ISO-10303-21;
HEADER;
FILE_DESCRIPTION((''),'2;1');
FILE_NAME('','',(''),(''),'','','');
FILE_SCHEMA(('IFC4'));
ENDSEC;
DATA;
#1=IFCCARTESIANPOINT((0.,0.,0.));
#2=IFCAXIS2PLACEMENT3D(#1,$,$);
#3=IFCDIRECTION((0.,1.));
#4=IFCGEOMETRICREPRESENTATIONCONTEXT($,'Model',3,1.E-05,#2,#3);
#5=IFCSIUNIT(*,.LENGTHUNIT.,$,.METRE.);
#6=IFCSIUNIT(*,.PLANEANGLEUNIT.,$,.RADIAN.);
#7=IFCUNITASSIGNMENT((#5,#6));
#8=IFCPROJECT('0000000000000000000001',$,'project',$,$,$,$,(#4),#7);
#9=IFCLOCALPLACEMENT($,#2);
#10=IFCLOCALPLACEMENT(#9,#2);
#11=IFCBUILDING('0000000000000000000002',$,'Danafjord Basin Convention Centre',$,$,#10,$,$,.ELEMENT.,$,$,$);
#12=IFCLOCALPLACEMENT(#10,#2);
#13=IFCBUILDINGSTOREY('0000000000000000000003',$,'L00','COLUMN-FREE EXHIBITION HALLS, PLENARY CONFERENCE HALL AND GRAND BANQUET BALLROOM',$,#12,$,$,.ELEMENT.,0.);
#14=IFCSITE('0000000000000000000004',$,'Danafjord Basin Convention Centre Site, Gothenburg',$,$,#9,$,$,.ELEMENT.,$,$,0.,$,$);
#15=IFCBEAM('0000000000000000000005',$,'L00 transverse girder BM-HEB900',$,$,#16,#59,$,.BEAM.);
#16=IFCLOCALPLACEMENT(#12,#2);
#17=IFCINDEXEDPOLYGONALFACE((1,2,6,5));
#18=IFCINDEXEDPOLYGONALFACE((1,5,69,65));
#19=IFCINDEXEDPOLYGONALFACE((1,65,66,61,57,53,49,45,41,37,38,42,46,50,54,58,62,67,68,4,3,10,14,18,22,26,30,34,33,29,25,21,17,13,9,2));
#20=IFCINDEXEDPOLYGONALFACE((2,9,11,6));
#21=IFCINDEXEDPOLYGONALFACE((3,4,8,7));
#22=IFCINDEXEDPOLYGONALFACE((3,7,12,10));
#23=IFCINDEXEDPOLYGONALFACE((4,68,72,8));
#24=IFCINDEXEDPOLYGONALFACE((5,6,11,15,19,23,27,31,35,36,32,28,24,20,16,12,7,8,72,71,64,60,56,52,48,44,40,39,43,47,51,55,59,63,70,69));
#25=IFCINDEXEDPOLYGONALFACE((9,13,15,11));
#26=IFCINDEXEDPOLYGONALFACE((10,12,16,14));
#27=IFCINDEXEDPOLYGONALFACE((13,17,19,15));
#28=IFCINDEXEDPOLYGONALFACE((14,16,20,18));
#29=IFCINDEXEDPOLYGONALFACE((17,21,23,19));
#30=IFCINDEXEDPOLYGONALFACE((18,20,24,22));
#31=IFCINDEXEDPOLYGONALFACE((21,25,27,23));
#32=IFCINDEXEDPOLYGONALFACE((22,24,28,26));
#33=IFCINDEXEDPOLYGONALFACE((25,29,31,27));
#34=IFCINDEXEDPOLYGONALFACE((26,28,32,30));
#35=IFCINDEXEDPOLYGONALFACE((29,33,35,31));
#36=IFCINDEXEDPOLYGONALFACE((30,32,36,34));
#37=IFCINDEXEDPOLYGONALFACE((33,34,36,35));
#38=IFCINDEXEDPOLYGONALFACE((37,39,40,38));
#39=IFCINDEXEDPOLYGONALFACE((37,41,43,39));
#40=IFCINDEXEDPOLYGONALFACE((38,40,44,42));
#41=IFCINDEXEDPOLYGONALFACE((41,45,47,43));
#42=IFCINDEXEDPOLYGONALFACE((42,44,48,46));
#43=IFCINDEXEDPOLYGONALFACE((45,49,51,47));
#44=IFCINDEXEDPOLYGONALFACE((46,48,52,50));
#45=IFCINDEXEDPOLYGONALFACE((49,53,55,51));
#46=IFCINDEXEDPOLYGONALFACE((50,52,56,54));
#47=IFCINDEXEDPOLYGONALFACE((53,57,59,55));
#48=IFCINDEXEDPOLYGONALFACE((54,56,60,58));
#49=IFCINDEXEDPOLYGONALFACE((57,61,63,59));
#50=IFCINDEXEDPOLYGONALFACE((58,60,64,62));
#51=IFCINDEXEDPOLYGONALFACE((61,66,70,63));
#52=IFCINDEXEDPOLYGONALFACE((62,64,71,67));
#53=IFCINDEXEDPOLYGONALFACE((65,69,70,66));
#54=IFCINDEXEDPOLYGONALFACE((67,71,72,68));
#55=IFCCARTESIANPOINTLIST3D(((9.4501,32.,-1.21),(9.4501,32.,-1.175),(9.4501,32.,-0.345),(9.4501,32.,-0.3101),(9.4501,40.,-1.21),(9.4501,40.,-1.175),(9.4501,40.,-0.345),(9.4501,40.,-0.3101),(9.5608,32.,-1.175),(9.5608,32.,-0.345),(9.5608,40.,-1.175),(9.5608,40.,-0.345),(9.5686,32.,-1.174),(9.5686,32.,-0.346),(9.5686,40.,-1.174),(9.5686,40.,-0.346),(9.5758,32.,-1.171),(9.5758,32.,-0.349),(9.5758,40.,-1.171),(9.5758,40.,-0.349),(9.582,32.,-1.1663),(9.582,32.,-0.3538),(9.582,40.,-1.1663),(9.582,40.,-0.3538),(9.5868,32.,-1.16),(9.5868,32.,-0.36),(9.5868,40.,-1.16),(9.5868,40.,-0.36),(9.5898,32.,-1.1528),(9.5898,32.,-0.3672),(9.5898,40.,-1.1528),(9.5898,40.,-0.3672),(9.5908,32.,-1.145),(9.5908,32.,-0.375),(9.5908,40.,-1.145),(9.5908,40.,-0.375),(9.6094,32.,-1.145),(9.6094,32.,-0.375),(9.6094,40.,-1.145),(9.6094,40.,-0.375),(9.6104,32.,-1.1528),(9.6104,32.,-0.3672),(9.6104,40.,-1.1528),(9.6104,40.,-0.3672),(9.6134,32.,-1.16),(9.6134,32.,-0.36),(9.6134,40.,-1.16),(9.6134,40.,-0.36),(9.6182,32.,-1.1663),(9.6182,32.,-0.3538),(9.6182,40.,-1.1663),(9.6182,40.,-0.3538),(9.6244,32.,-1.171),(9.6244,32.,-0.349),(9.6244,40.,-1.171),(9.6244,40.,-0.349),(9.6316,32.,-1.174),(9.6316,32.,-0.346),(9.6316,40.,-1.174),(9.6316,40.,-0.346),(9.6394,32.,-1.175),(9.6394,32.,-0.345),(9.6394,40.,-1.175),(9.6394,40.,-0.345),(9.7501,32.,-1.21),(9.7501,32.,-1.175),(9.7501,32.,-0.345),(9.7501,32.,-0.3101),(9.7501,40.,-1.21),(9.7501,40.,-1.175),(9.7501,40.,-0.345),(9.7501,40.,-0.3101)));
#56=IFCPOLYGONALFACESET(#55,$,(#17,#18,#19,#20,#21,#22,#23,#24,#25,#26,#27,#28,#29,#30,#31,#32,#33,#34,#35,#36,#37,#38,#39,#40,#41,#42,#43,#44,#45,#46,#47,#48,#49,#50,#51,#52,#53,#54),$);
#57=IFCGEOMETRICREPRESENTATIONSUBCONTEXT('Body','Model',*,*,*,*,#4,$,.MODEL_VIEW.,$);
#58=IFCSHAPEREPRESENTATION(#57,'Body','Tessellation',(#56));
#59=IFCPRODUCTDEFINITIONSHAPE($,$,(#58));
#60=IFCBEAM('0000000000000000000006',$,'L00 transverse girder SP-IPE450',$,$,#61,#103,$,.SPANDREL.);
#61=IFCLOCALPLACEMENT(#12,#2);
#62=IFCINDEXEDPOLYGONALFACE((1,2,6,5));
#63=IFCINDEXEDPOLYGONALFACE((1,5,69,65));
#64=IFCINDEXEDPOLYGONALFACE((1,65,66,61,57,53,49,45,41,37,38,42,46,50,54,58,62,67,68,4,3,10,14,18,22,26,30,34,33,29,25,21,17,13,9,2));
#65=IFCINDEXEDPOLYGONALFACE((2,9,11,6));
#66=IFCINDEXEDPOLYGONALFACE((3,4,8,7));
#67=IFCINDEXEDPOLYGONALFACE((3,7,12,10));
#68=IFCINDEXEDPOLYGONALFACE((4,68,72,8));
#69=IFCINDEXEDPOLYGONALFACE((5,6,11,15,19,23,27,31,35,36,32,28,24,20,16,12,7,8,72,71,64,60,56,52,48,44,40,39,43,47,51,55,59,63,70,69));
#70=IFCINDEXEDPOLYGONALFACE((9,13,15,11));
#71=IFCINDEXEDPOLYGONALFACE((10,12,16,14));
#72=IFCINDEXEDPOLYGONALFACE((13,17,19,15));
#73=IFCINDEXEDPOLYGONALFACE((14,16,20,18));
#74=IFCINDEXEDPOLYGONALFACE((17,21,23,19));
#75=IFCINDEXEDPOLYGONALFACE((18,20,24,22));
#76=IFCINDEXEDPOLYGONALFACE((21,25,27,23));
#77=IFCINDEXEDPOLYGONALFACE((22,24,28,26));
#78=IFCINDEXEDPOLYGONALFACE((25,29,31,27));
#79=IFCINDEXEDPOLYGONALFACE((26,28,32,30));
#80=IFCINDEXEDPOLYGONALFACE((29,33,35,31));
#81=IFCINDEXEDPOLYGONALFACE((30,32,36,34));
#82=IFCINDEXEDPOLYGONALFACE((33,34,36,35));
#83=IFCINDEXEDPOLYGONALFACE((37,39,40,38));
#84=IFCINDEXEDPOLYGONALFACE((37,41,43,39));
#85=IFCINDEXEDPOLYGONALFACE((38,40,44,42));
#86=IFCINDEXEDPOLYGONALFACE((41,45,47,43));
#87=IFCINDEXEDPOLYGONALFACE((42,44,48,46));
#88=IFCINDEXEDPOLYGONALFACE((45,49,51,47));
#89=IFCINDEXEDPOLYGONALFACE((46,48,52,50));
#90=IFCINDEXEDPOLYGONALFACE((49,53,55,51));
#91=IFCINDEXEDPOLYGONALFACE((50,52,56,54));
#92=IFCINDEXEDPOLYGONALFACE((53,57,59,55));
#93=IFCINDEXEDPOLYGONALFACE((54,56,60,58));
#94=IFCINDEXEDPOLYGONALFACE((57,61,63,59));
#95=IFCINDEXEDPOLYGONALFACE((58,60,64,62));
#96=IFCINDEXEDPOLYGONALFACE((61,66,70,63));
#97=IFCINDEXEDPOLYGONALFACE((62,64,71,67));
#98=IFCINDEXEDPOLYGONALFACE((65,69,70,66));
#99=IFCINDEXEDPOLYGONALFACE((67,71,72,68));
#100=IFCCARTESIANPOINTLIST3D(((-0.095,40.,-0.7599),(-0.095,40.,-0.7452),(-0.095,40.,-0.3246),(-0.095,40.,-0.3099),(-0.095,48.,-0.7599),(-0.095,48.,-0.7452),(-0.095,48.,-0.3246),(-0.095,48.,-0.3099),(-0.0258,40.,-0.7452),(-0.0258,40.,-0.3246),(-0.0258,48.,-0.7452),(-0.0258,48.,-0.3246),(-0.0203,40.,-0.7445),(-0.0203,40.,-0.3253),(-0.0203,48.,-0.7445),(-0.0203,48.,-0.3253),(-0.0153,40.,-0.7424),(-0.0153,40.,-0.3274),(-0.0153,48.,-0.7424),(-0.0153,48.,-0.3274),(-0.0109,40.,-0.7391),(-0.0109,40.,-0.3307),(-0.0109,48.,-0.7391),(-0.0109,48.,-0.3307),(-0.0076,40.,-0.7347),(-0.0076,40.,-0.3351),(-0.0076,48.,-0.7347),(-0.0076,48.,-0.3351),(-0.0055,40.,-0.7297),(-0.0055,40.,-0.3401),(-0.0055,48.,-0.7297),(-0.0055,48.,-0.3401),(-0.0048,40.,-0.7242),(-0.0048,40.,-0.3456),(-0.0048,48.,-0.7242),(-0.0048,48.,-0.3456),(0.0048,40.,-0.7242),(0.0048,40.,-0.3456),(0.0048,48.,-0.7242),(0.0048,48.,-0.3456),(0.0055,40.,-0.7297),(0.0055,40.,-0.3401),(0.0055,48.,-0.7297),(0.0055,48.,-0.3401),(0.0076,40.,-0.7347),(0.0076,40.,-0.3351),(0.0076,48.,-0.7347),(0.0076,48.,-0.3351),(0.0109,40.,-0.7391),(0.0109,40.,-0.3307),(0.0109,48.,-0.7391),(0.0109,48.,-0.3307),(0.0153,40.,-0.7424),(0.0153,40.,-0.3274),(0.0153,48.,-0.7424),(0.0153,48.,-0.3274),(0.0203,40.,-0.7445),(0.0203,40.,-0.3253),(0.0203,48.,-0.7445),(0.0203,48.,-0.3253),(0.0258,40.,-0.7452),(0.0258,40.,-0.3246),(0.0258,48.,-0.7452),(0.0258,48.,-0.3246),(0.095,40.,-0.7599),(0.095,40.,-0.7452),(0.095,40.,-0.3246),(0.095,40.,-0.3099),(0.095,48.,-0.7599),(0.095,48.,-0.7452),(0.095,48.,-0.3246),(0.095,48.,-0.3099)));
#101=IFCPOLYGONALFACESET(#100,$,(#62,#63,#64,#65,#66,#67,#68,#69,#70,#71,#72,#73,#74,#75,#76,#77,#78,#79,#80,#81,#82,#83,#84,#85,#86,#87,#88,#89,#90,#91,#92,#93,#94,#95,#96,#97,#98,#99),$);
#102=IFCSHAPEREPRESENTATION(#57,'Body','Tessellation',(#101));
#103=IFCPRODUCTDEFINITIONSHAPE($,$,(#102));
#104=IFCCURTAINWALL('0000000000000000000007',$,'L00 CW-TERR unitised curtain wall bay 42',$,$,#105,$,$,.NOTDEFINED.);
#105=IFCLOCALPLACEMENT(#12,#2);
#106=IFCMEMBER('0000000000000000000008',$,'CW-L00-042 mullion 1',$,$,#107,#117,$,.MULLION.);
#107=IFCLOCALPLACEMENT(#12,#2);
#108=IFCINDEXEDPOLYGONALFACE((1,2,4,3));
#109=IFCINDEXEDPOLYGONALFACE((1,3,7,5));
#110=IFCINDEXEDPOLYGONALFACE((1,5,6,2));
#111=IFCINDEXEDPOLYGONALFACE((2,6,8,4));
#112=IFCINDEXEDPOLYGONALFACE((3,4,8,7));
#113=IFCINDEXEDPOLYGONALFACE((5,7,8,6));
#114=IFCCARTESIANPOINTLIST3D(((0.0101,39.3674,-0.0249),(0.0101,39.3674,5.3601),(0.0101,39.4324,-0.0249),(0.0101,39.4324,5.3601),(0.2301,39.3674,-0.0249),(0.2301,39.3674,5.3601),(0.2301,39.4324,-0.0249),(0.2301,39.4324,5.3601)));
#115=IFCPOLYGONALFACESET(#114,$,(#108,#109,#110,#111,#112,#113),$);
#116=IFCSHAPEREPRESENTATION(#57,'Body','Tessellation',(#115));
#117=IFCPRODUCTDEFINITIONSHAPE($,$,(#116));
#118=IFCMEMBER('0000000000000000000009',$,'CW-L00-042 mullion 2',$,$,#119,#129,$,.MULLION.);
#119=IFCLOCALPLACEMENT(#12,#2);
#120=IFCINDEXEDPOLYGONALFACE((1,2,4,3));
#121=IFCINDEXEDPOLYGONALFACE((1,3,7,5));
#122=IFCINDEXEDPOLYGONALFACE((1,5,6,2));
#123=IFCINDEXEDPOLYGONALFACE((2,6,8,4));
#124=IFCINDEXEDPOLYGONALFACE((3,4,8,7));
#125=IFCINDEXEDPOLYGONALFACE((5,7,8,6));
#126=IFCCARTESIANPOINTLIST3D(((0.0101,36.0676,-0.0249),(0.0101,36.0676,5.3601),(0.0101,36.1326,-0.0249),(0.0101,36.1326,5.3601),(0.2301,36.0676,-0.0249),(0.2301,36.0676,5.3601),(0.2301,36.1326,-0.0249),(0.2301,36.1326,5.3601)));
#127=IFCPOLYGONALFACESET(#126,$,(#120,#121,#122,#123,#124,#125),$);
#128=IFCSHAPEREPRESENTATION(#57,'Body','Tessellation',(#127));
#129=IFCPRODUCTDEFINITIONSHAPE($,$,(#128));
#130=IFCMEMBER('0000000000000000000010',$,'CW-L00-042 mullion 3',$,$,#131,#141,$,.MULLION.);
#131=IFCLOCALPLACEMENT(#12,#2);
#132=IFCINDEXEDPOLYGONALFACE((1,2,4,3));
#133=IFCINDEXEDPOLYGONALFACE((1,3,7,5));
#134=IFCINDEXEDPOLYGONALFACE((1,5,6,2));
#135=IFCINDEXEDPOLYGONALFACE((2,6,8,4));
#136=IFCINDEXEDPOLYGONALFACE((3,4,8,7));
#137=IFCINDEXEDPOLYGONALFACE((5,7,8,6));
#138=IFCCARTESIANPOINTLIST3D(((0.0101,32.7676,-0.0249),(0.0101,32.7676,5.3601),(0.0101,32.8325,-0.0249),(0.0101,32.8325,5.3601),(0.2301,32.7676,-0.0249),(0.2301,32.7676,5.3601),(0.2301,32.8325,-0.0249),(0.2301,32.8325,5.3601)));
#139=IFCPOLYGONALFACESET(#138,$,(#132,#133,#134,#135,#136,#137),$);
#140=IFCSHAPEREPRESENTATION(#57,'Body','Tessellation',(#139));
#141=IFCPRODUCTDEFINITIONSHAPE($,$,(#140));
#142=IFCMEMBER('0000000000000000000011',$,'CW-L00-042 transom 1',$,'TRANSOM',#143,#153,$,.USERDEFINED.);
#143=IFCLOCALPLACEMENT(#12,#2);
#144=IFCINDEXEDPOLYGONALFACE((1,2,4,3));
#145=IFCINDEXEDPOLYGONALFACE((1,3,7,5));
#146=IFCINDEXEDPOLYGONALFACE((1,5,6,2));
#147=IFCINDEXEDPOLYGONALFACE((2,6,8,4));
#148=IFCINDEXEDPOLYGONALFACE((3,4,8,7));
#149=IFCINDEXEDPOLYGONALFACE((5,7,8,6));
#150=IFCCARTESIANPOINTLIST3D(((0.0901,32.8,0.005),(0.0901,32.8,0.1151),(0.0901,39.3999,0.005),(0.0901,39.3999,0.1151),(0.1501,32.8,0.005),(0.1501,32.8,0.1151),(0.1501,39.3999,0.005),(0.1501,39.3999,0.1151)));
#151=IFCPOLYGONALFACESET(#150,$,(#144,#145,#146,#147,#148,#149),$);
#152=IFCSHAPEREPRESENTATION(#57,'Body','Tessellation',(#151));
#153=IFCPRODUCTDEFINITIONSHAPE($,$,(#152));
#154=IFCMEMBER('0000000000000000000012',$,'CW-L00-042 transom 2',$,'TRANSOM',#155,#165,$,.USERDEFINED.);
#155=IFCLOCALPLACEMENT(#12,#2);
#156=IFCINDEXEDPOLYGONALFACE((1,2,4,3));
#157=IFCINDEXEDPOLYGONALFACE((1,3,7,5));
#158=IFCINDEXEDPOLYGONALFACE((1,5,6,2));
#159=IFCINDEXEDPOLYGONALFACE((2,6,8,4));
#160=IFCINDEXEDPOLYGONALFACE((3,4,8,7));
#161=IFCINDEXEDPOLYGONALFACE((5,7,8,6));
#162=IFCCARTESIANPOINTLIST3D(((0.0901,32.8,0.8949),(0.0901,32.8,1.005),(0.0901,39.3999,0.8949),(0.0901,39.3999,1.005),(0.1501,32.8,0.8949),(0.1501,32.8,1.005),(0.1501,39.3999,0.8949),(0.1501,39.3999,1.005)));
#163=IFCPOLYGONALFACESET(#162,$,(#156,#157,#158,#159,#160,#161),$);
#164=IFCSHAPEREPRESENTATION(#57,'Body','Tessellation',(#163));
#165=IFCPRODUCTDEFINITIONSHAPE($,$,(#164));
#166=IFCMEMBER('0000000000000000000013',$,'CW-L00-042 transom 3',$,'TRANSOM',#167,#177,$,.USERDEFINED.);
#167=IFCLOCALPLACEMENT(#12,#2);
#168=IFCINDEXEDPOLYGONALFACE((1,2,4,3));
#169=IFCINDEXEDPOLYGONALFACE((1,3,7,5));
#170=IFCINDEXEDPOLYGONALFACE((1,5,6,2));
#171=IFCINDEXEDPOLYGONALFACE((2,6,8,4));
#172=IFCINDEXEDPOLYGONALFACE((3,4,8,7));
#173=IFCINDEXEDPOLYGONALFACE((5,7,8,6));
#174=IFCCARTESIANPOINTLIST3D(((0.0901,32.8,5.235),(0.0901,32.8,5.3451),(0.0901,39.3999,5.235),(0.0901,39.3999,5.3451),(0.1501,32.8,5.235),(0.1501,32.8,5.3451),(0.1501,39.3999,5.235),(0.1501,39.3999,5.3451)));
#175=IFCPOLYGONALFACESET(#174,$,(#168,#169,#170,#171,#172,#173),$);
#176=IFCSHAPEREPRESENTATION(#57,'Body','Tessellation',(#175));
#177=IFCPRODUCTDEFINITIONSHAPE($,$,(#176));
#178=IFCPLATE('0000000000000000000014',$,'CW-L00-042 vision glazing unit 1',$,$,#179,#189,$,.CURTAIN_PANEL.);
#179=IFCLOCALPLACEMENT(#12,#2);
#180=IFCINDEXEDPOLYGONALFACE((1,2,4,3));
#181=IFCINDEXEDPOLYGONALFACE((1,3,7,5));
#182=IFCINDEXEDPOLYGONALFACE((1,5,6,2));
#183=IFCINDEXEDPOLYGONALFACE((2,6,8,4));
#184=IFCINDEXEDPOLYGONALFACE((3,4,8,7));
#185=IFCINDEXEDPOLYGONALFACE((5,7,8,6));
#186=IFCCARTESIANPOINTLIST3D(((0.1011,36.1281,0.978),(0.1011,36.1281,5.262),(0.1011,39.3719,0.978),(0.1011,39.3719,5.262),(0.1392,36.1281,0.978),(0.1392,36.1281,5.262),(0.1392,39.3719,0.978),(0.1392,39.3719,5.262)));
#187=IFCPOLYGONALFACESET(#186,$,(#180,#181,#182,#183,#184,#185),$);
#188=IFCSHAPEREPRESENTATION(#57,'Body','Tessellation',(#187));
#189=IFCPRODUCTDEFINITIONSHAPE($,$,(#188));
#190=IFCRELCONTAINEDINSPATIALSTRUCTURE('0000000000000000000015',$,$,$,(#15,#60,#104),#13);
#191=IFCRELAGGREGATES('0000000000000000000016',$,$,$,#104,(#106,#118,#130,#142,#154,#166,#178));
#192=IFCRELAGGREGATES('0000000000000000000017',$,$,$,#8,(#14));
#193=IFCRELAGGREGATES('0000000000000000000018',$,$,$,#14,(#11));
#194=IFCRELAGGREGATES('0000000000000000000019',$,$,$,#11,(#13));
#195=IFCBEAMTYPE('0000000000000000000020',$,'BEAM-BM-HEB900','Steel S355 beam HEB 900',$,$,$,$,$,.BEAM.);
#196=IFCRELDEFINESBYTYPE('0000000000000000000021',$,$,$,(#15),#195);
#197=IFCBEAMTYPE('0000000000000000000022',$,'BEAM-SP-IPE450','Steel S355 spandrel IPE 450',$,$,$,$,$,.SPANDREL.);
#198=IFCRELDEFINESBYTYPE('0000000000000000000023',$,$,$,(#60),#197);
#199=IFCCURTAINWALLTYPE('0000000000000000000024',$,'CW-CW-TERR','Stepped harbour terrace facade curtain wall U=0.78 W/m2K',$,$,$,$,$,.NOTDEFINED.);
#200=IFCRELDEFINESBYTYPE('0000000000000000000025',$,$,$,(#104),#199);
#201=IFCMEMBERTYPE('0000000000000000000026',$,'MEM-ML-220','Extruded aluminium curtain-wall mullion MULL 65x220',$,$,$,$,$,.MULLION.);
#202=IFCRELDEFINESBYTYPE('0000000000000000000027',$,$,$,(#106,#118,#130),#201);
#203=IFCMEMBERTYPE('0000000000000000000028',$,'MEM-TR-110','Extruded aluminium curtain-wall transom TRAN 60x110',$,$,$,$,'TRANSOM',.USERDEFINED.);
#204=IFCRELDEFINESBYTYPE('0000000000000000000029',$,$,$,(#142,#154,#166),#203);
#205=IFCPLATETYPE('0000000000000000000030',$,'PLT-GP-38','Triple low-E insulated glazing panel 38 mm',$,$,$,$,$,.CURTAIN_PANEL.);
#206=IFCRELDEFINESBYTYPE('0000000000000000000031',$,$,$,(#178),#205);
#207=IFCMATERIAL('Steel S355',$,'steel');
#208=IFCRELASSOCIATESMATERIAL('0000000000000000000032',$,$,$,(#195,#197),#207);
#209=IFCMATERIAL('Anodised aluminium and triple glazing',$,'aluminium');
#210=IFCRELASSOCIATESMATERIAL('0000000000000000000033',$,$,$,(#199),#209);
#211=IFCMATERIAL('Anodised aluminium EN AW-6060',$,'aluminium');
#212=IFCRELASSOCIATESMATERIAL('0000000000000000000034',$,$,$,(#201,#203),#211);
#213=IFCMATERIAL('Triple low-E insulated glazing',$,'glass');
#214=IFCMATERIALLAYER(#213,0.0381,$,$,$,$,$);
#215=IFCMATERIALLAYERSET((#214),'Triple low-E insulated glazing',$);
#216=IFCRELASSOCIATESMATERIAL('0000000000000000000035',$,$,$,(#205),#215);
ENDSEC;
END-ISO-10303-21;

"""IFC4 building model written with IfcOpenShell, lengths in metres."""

from ifc_helpers import new_model, si_unit, direction, frame, origin, origin_2d, place, context, subcontext, project, spatial, rectangle, i_section, extrude, material, layer, layer_set, material_profile, profile_set, type_object, element, aggregate, save


model = new_model("IFC4")

# Units and contexts
model_context = context("Model", 3, precision=1e-05, world=origin(), true_north=direction((0.0, 1.0)))
body_context = subcontext(model_context, "Body", "Model", "MODEL_VIEW")
ifc_project = project(units=[si_unit("LENGTHUNIT", "METRE"), si_unit("PLANEANGLEUNIT", "RADIAN")], contexts=[model_context])

# Site, building, storey
site_placement = place(None, origin())
site = spatial("IfcSite", under=ifc_project, at=site_placement, Name="Danafjord Basin Convention Centre Site, Gothenburg", CompositionType="ELEMENT", RefElevation=0.0)
building_placement = place(site_placement, origin())
building = spatial("IfcBuilding", under=site, at=building_placement, Name="Danafjord Basin Convention Centre", CompositionType="ELEMENT")
storey_placement = place(building_placement, origin())
storey = spatial("IfcBuildingStorey", under=building, at=storey_placement, Name="L00", Description="COLUMN-FREE EXHIBITION HALLS, PLENARY CONFERENCE HALL AND GRAND BANQUET BALLROOM", CompositionType="ELEMENT", Elevation=0.0)

# Shared definitions
ifc_material_1 = material(Name="Steel S355", Category="steel")

# Beams
ifc_material_profile_1 = material_profile(ifc_material_1, i_section(OverallWidth=0.3, OverallDepth=0.8999, WebThickness=0.0186, FlangeThickness=0.0349, FilletRadius=0.03, at=origin_2d()), Name="HEB 900")
ifc_profile_set_1 = profile_set([ifc_material_profile_1], Name="Steel S355")
beam_type_1 = type_object("IfcBeamType", Name="BEAM-BM-HEB900", Description="Steel S355 beam HEB 900", PredefinedType="BEAM", material=ifc_profile_set_1)
beam_1_placement = place(storey_placement, frame((9.6001, 32.0, -0.76), z_axis=(0.0, 1.0, 0.0), x_axis=(-1.0, 0.0, 0.0)))
element("IfcBeam", 1, at=beam_1_placement, inside=storey, type_object=beam_type_1, Name="L00 transverse girder BM-HEB900", PredefinedType="BEAM", context=body_context, shape_type="SweptSolid", body=[
    extrude(i_section(OverallWidth=0.3, OverallDepth=0.8999, WebThickness=0.0186, FlangeThickness=0.0349, FilletRadius=0.03, at=origin_2d()), origin(), (0.0, 0.0, 1.0), 8.0),
])
ifc_material_profile_2 = material_profile(ifc_material_1, i_section(OverallWidth=0.1899, OverallDepth=0.45, WebThickness=0.0095, FlangeThickness=0.0146, FilletRadius=0.021, at=origin_2d()), Name="IPE 450")
ifc_profile_set_2 = profile_set([ifc_material_profile_2], Name="Steel S355")
beam_type_2 = type_object("IfcBeamType", Name="BEAM-SP-IPE450", Description="Steel S355 spandrel IPE 450", PredefinedType="SPANDREL", material=ifc_profile_set_2)
beam_2_placement = place(storey_placement, frame((0.0, 40.0, -0.5349), z_axis=(0.0, 1.0, 0.0), x_axis=(-1.0, 0.0, 0.0)))
element("IfcBeam", 2, at=beam_2_placement, inside=storey, type_object=beam_type_2, Name="L00 transverse girder SP-IPE450", PredefinedType="SPANDREL", context=body_context, shape_type="SweptSolid", body=[
    extrude(i_section(OverallWidth=0.1899, OverallDepth=0.45, WebThickness=0.0095, FlangeThickness=0.0146, FilletRadius=0.021, at=origin_2d()), origin(), (0.0, 0.0, 1.0), 8.0),
])

# Curtain wall, members, plate
ifc_material_2 = material(Name="Anodised aluminium and triple glazing", Category="aluminium")
curtain_wall_type = type_object("IfcCurtainWallType", Name="CW-CW-TERR", Description="Stepped harbour terrace facade curtain wall U=0.78 W/m2K", PredefinedType="NOTDEFINED", material=ifc_material_2)
curtain_wall_placement = place(storey_placement, origin())
curtain_wall = element("IfcCurtainWall", 3, at=curtain_wall_placement, inside=storey, type_object=curtain_wall_type, Name="L00 CW-TERR unitised curtain wall bay 42", PredefinedType="NOTDEFINED")
ifc_material_3 = material(Name="Anodised aluminium EN AW-6060", Category="aluminium")
ifc_material_profile_3 = material_profile(ifc_material_3, rectangle(XDim=0.0649, YDim=0.22, at=origin_2d()), Name="MULL 65x220")
ifc_profile_set_3 = profile_set([ifc_material_profile_3], Name="Anodised aluminium EN AW-6060")
member_type_1 = type_object("IfcMemberType", Name="MEM-ML-220", Description="Extruded aluminium curtain-wall mullion MULL 65x220", PredefinedType="MULLION", material=ifc_profile_set_3)
member_1_placement = place(storey_placement, frame((0.1201, 39.3999, -0.0249), z_axis=(0.0, 0.0, 1.0), x_axis=(0.0, -1.0, 0.0)))
member_1 = element("IfcMember", 4, at=member_1_placement, type_object=member_type_1, Name="CW-L00-042 mullion 1", PredefinedType="MULLION", context=body_context, shape_type="SweptSolid", body=[
    extrude(rectangle(XDim=0.0649, YDim=0.22, at=origin_2d()), origin(), (0.0, 0.0, 1.0), 5.385),
])
member_2_placement = place(storey_placement, frame((0.1201, 36.1001, -0.0249), z_axis=(0.0, 0.0, 1.0), x_axis=(0.0, -1.0, 0.0)))
member_2 = element("IfcMember", 5, at=member_2_placement, type_object=member_type_1, Name="CW-L00-042 mullion 2", PredefinedType="MULLION", context=body_context, shape_type="SweptSolid", body=[
    extrude(rectangle(XDim=0.0649, YDim=0.22, at=origin_2d()), origin(), (0.0, 0.0, 1.0), 5.385),
])
member_3_placement = place(storey_placement, frame((0.1201, 32.8, -0.0249), z_axis=(0.0, 0.0, 1.0), x_axis=(0.0, -1.0, 0.0)))
member_3 = element("IfcMember", 6, at=member_3_placement, type_object=member_type_1, Name="CW-L00-042 mullion 3", PredefinedType="MULLION", context=body_context, shape_type="SweptSolid", body=[
    extrude(rectangle(XDim=0.0649, YDim=0.22, at=origin_2d()), origin(), (0.0, 0.0, 1.0), 5.385),
])
ifc_material_profile_4 = material_profile(ifc_material_3, rectangle(XDim=0.0601, YDim=0.1101, at=origin_2d()), Name="TRAN 60x110")
ifc_profile_set_4 = profile_set([ifc_material_profile_4], Name="Anodised aluminium EN AW-6060")
member_type_2 = type_object("IfcMemberType", Name="MEM-TR-110", Description="Extruded aluminium curtain-wall transom TRAN 60x110", ElementType="TRANSOM", PredefinedType="USERDEFINED", material=ifc_profile_set_4)
member_4_placement = place(storey_placement, frame((0.1201, 39.3999, 0.0601), z_axis=(0.0, -1.0, 0.0), x_axis=(1.0, 0.0, 0.0)))
member_4 = element("IfcMember", 7, at=member_4_placement, type_object=member_type_2, Name="CW-L00-042 transom 1", ObjectType="TRANSOM", PredefinedType="USERDEFINED", context=body_context, shape_type="SweptSolid", body=[
    extrude(rectangle(XDim=0.0601, YDim=0.1101, at=origin_2d()), origin(), (0.0, 0.0, 1.0), 6.5999),
])
member_5_placement = place(storey_placement, frame((0.1201, 39.3999, 0.95), z_axis=(0.0, -1.0, 0.0), x_axis=(1.0, 0.0, 0.0)))
member_5 = element("IfcMember", 8, at=member_5_placement, type_object=member_type_2, Name="CW-L00-042 transom 2", ObjectType="TRANSOM", PredefinedType="USERDEFINED", context=body_context, shape_type="SweptSolid", body=[
    extrude(rectangle(XDim=0.0601, YDim=0.1101, at=origin_2d()), origin(), (0.0, 0.0, 1.0), 6.5999),
])
member_6_placement = place(storey_placement, frame((0.1201, 39.3999, 5.29), z_axis=(0.0, -1.0, 0.0), x_axis=(1.0, 0.0, 0.0)))
member_6 = element("IfcMember", 9, at=member_6_placement, type_object=member_type_2, Name="CW-L00-042 transom 3", ObjectType="TRANSOM", PredefinedType="USERDEFINED", context=body_context, shape_type="SweptSolid", body=[
    extrude(rectangle(XDim=0.0601, YDim=0.1101, at=origin_2d()), origin(), (0.0, 0.0, 1.0), 6.5999),
])
ifc_material_4 = material(Name="Triple low-E insulated glazing", Category="glass")
ifc_layer_1 = layer(ifc_material_4, 0.0381)
ifc_layer_set_1 = layer_set([ifc_layer_1], Name="Triple low-E insulated glazing")
plate_type_1 = type_object("IfcPlateType", Name="PLT-GP-38", Description="Triple low-E insulated glazing panel 38 mm", PredefinedType="CURTAIN_PANEL", material=ifc_layer_set_1)
plate_1_placement = place(storey_placement, frame((0.1201, 37.75, 0.978), z_axis=(0.0, 0.0, 1.0), x_axis=(0.0, -1.0, 0.0)))
plate_1 = element("IfcPlate", 10, at=plate_1_placement, type_object=plate_type_1, Name="CW-L00-042 vision glazing unit 1", PredefinedType="CURTAIN_PANEL", context=body_context, shape_type="SweptSolid", body=[
    extrude(rectangle(XDim=3.2439, YDim=0.0381, at=origin_2d()), origin(), (0.0, 0.0, 1.0), 4.2839),
])
aggregate(curtain_wall, [member_1, member_2, member_3, member_4, member_5, member_6, plate_1])

save(model, "model.ifc")
